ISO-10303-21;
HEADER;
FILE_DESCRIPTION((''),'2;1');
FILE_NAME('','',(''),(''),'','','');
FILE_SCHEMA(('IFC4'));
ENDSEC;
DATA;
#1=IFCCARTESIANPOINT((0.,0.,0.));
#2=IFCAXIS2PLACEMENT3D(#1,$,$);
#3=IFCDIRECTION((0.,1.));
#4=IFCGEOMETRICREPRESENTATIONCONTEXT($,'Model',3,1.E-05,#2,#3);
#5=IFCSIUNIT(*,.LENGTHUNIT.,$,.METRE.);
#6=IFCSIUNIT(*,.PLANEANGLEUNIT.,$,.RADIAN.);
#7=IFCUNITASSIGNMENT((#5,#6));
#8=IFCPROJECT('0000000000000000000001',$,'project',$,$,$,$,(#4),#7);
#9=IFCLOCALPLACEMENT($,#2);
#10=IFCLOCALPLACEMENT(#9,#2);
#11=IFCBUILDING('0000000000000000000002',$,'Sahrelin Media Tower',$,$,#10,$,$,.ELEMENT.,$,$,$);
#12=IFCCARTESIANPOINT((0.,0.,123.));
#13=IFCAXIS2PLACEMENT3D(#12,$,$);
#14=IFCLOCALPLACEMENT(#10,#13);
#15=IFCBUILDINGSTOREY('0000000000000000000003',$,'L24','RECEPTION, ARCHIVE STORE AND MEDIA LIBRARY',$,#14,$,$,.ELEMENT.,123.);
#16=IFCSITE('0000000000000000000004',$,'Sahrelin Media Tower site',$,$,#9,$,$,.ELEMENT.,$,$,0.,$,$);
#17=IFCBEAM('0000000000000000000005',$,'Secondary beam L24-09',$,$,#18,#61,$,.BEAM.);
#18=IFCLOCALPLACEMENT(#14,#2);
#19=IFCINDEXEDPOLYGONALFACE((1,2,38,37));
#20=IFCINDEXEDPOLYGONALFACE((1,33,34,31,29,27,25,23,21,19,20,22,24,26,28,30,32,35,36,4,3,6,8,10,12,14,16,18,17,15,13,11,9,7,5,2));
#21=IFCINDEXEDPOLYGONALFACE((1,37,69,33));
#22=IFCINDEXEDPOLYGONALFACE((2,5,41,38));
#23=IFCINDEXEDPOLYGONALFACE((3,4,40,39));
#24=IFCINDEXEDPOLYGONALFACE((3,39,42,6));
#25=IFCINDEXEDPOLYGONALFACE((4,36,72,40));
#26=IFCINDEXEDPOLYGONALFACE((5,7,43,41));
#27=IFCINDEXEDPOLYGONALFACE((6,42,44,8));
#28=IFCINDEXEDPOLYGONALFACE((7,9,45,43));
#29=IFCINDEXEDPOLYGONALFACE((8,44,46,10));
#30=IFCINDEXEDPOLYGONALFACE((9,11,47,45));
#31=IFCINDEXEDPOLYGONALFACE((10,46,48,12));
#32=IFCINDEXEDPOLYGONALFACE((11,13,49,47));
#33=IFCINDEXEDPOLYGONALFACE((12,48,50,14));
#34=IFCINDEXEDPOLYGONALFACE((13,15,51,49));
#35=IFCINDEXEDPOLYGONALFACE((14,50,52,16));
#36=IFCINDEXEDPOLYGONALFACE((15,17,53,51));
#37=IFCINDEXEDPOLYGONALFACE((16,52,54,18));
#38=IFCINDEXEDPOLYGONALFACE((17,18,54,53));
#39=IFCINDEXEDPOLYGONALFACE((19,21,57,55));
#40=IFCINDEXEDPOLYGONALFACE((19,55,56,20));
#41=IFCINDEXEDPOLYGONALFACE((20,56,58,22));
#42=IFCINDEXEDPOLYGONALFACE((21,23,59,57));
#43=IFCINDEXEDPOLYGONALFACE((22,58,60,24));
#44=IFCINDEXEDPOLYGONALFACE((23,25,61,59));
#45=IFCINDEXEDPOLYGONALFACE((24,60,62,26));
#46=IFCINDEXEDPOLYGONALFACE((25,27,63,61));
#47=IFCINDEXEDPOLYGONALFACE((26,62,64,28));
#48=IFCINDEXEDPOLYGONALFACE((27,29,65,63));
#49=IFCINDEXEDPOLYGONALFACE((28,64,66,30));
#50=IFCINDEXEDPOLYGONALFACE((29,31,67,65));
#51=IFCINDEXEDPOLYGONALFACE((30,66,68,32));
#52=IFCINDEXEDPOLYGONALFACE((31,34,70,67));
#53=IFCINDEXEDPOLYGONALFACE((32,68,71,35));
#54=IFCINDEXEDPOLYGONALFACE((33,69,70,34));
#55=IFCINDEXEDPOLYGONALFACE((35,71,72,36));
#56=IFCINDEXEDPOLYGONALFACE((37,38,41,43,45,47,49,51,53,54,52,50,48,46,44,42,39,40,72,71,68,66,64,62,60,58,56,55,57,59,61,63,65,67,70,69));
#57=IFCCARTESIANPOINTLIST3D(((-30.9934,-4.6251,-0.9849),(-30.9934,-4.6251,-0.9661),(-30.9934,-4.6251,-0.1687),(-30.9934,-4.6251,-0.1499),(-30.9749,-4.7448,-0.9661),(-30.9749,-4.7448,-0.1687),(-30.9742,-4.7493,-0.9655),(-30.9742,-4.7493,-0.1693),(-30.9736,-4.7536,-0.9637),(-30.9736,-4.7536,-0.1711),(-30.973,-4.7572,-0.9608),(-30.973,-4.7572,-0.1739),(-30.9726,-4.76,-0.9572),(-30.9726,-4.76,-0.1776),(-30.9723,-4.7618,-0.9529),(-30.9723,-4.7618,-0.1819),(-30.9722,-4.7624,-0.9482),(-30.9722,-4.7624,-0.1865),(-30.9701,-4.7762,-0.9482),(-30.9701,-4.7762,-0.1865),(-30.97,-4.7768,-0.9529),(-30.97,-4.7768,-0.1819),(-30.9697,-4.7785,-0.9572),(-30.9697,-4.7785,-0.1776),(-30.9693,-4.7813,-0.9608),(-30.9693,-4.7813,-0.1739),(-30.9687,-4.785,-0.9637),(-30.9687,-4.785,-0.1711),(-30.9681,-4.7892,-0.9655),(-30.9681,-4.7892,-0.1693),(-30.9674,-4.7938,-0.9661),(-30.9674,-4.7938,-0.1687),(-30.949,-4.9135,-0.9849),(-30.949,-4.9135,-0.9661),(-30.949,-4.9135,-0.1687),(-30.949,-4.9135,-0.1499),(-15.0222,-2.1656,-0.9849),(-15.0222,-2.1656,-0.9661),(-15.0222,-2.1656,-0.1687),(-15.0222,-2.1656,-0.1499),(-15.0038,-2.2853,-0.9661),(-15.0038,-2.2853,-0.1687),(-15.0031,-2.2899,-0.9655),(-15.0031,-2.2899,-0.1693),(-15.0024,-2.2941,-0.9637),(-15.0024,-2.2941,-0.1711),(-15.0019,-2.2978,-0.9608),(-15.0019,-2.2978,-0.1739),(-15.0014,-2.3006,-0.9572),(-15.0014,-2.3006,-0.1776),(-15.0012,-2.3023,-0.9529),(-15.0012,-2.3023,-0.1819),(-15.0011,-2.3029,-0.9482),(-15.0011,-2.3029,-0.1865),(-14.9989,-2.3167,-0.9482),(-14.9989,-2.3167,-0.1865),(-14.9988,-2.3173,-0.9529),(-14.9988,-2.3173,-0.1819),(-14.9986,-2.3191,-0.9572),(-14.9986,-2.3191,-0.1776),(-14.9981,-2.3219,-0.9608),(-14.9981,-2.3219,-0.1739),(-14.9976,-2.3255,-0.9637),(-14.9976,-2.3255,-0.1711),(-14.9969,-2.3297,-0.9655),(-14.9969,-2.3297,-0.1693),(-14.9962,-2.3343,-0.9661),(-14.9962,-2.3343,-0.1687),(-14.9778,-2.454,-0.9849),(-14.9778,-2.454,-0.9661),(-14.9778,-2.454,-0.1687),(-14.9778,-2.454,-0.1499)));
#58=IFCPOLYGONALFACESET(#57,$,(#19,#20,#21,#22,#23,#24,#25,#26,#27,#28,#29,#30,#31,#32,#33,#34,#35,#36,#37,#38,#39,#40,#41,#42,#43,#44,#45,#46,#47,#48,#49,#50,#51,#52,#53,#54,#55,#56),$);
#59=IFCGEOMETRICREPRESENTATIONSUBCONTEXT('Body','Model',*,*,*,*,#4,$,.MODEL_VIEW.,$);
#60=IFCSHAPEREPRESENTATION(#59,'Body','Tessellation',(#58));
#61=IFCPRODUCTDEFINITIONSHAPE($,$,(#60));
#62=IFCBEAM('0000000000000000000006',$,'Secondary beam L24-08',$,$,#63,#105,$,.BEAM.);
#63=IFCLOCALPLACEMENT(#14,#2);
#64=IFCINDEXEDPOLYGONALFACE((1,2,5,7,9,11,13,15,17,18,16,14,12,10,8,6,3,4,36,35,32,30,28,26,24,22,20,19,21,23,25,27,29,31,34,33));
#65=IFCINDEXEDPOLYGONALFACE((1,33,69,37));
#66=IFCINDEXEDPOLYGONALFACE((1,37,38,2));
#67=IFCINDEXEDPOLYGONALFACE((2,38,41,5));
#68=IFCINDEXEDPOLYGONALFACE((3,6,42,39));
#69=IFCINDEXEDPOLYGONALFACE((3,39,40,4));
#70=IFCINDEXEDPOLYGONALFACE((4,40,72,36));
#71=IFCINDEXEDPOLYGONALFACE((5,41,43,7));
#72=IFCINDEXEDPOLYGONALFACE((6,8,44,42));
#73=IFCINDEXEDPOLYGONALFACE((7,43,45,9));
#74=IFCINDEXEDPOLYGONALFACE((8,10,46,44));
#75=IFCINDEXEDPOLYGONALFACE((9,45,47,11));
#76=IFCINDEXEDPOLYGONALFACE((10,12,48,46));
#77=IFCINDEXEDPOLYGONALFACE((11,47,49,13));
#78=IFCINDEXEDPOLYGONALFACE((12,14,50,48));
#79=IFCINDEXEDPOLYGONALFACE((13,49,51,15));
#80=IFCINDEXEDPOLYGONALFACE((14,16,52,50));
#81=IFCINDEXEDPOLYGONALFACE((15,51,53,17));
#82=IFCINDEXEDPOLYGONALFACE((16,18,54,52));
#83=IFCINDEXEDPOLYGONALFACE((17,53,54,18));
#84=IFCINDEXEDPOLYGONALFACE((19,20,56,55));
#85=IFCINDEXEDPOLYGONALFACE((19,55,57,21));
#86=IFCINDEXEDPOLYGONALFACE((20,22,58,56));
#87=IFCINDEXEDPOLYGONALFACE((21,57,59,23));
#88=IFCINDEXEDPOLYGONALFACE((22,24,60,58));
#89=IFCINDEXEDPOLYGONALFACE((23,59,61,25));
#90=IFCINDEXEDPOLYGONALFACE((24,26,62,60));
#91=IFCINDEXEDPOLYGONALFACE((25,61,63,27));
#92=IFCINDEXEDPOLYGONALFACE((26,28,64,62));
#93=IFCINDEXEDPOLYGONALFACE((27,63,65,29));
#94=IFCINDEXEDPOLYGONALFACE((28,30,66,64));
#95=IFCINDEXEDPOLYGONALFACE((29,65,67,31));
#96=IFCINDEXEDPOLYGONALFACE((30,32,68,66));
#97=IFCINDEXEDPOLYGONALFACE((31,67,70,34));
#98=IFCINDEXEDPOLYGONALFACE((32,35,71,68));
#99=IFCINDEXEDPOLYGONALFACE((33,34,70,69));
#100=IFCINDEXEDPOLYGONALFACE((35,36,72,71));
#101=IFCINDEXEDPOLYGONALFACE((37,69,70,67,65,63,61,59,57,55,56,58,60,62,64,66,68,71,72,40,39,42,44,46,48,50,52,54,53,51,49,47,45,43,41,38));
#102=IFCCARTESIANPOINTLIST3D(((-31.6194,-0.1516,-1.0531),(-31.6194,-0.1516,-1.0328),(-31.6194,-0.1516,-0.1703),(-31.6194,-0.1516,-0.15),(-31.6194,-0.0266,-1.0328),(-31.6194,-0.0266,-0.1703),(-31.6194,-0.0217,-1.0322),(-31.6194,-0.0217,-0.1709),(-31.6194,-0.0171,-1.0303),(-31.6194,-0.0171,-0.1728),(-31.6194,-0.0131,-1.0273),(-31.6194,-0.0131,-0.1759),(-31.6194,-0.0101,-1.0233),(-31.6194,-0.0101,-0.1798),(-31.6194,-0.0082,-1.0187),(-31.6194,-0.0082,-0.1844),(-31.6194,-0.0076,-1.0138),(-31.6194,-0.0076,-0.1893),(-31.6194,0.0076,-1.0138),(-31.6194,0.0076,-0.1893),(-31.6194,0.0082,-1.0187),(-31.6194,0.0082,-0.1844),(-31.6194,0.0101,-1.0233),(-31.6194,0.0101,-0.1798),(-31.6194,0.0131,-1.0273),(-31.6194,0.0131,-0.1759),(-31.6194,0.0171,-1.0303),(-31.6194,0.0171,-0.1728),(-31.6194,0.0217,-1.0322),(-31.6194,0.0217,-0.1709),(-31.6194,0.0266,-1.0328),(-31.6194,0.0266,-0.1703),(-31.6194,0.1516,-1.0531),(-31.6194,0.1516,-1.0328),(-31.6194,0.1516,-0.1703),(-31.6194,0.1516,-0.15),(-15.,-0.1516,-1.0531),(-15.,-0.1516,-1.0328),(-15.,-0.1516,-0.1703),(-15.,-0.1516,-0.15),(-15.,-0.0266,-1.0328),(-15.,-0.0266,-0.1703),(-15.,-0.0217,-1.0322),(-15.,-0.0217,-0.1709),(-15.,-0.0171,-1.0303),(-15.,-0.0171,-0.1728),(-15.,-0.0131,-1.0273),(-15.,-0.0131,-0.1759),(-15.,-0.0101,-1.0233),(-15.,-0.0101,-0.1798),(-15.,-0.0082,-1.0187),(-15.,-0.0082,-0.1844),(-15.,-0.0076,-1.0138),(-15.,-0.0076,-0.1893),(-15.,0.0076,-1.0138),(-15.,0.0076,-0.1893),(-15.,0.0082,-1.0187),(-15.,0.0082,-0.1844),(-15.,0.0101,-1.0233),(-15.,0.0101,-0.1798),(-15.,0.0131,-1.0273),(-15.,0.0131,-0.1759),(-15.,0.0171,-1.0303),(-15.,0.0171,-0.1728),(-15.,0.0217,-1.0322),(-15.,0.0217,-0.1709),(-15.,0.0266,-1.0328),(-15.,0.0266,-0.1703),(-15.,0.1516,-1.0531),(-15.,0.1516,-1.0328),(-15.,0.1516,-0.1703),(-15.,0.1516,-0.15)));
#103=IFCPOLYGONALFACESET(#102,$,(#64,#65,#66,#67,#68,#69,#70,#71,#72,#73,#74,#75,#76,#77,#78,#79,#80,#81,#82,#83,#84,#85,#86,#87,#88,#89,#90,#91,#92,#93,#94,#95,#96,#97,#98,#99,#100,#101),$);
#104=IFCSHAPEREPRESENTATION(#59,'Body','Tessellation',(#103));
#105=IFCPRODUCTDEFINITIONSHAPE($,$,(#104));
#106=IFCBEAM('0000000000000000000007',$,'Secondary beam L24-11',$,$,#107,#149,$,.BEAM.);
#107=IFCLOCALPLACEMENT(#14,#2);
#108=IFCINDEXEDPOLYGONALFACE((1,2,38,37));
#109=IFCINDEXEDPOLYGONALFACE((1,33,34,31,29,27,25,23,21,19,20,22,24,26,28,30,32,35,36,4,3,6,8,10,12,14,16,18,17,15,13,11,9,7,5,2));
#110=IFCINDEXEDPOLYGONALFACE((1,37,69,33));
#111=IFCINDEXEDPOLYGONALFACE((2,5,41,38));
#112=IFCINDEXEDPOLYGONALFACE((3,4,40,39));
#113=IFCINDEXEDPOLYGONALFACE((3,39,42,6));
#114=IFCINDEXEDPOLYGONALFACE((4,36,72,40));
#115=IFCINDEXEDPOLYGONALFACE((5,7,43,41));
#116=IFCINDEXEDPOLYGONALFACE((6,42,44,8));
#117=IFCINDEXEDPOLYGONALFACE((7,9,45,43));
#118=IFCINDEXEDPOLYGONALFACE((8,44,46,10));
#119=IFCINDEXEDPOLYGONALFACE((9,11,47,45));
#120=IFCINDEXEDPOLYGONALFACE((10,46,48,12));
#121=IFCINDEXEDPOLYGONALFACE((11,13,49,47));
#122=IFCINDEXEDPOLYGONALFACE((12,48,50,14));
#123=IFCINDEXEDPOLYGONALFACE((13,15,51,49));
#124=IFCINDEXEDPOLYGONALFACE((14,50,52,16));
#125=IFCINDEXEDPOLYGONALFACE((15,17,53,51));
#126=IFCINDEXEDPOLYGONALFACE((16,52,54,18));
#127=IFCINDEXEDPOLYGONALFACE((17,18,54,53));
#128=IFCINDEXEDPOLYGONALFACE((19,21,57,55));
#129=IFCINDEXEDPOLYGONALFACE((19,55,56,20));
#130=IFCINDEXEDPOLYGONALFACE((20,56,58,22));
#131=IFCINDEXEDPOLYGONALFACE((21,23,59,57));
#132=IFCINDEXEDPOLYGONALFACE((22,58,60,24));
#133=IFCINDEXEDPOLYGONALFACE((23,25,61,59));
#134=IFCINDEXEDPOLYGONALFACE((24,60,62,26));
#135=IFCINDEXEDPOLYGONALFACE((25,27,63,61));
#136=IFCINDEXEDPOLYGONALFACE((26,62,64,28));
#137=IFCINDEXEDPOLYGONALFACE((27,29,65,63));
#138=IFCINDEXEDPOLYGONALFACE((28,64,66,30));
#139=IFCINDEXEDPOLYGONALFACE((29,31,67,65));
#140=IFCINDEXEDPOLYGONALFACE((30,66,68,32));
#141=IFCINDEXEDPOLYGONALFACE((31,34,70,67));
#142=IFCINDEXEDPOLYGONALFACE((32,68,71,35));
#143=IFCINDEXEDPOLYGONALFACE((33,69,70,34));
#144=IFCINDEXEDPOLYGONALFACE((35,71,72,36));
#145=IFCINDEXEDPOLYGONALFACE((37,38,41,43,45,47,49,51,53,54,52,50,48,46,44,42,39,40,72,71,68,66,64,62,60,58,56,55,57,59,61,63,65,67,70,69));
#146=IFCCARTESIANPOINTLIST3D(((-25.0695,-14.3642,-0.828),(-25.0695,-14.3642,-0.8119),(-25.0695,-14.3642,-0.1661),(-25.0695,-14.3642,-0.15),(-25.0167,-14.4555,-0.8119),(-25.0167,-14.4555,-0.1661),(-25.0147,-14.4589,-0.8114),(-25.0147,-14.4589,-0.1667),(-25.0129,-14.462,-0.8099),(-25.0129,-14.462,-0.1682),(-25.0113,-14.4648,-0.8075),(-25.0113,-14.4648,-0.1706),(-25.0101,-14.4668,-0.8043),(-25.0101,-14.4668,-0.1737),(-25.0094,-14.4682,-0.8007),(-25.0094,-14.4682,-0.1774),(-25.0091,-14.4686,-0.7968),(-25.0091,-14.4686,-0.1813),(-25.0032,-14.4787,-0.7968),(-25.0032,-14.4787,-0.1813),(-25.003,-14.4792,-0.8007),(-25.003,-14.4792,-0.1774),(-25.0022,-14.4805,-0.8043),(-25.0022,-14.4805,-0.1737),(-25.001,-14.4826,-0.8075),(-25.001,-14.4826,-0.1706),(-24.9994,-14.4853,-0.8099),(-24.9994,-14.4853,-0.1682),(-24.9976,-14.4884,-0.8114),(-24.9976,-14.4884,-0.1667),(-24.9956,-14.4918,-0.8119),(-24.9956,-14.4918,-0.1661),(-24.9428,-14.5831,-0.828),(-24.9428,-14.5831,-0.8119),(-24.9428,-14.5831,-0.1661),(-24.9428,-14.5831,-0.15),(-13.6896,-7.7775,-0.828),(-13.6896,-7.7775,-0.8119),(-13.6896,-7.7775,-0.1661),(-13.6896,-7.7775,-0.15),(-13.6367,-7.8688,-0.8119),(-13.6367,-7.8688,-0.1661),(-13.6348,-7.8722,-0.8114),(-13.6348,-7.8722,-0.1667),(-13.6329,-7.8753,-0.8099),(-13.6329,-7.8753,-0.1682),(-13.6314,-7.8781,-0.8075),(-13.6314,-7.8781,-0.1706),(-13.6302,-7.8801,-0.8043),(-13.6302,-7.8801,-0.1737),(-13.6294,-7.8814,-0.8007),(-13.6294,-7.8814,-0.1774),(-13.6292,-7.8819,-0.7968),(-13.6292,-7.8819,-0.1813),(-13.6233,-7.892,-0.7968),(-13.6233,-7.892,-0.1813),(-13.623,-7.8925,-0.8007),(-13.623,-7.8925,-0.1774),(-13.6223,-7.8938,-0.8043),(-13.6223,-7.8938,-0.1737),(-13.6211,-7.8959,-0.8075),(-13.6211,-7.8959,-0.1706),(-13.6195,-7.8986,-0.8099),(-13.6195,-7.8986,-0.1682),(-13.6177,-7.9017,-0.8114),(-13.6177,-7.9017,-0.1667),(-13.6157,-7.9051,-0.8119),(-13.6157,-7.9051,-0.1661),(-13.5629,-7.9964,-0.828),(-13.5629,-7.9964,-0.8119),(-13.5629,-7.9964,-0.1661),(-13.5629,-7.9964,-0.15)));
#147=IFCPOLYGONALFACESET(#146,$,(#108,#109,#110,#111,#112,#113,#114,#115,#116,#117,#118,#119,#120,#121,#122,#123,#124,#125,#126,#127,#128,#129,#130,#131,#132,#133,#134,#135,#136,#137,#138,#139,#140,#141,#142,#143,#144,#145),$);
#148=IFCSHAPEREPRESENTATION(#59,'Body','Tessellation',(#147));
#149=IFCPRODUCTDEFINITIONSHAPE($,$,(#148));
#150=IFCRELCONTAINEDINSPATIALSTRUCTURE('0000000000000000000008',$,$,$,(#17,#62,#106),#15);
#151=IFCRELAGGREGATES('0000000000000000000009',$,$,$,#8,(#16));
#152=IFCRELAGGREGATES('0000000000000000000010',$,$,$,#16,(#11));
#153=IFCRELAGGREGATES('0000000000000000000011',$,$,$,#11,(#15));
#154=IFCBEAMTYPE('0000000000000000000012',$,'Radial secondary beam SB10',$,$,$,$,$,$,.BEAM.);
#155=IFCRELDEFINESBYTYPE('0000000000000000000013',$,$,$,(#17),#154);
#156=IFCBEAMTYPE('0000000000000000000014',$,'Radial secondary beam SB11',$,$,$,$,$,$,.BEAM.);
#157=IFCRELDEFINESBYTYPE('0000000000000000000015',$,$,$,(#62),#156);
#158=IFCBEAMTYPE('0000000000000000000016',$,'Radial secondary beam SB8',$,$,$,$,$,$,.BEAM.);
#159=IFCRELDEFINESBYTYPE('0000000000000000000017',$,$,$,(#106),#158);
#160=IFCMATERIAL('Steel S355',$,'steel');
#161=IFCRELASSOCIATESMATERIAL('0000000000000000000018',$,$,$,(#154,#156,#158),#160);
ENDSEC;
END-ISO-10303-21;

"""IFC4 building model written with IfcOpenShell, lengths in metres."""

from ifc_helpers import new_model, si_unit, direction, frame, origin, origin_2d, place, context, subcontext, project, spatial, i_section, extrude, material, material_profile, profile_set, type_object, element, save


model = new_model("IFC4")

# Units and contexts
model_context = context("Model", 3, precision=1e-05, world=origin(), true_north=direction((0.0, 1.0)))
body_context = subcontext(model_context, "Body", "Model", "MODEL_VIEW")
ifc_project = project(units=[si_unit("LENGTHUNIT", "METRE"), si_unit("PLANEANGLEUNIT", "RADIAN")], contexts=[model_context])

# Site, building, storey
site_placement = place(None, origin())
site = spatial("IfcSite", under=ifc_project, at=site_placement, Name="Sahrelin Media Tower site", CompositionType="ELEMENT", RefElevation=0.0)
building_placement = place(site_placement, origin())
building = spatial("IfcBuilding", under=site, at=building_placement, Name="Sahrelin Media Tower", CompositionType="ELEMENT")
storey_placement = place(building_placement, frame((0.0, 0.0, 123.0)))
storey = spatial("IfcBuildingStorey", under=building, at=storey_placement, Name="L24", Description="RECEPTION, ARCHIVE STORE AND MEDIA LIBRARY", CompositionType="ELEMENT", Elevation=123.0)

# Beams
ifc_material_1 = material(Name="Steel S355", Category="steel")
ifc_material_profile_1 = material_profile(ifc_material_1, i_section(OverallWidth=0.2917, OverallDepth=0.835, WebThickness=0.0139, FlangeThickness=0.0188, FilletRadius=0.0178, at=origin_2d()), Name="UB 838x292x176")
ifc_profile_set_1 = profile_set([ifc_material_profile_1], Name="Steel S355")
beam_type_1 = type_object("IfcBeamType", Name="Radial secondary beam SB10", PredefinedType="BEAM", material=ifc_profile_set_1)
beam_1_placement = place(storey_placement, frame((-15.0, -2.3098, -0.5674), z_axis=(-0.98835, -0.1522, 0.0), x_axis=(0.1522, -0.98835, 0.0)))
element("IfcBeam", 1, at=beam_1_placement, inside=storey, type_object=beam_type_1, Name="Secondary beam L24-09", PredefinedType="BEAM", context=body_context, shape_type="SweptSolid", body=[
    extrude(i_section(OverallWidth=0.2917, OverallDepth=0.835, WebThickness=0.0139, FlangeThickness=0.0188, FilletRadius=0.0178, at=origin_2d()), origin(), (0.0, 0.0, 1.0), 16.1594),
])
ifc_material_profile_2 = material_profile(ifc_material_1, i_section(OverallWidth=0.3032, OverallDepth=0.9031, WebThickness=0.0151, FlangeThickness=0.0203, FilletRadius=0.019, at=origin_2d()), Name="UB 914x305x201")
ifc_profile_set_2 = profile_set([ifc_material_profile_2], Name="Steel S355")
beam_type_2 = type_object("IfcBeamType", Name="Radial secondary beam SB11", PredefinedType="BEAM", material=ifc_profile_set_2)
beam_2_placement = place(storey_placement, frame((-15.0, 0.0, -0.6016), z_axis=(-1.0, 0.0, 0.0), x_axis=(0.0, -1.0, 0.0)))
element("IfcBeam", 2, at=beam_2_placement, inside=storey, type_object=beam_type_2, Name="Secondary beam L24-08", PredefinedType="BEAM", context=body_context, shape_type="SweptSolid", body=[
    extrude(i_section(OverallWidth=0.3032, OverallDepth=0.9031, WebThickness=0.0151, FlangeThickness=0.0203, FilletRadius=0.019, at=origin_2d()), origin(), (0.0, 0.0, 1.0), 16.6194),
])
ifc_material_profile_3 = material_profile(ifc_material_1, i_section(OverallWidth=0.2529, OverallDepth=0.678, WebThickness=0.0117, FlangeThickness=0.0161, FilletRadius=0.0151, at=origin_2d()), Name="UB 686x254x125")
ifc_profile_set_3 = profile_set([ifc_material_profile_3], Name="Steel S355")
beam_type_3 = type_object("IfcBeamType", Name="Radial secondary beam SB8", PredefinedType="BEAM", material=ifc_profile_set_3)
beam_3_placement = place(storey_placement, frame((-13.6262, -7.887, -0.489), z_axis=(-0.865482, -0.50094, 0.0), x_axis=(0.50094, -0.865482, 0.0)))
element("IfcBeam", 3, at=beam_3_placement, inside=storey, type_object=beam_type_3, Name="Secondary beam L24-11", PredefinedType="BEAM", context=body_context, shape_type="SweptSolid", body=[
    extrude(i_section(OverallWidth=0.2529, OverallDepth=0.678, WebThickness=0.0117, FlangeThickness=0.0161, FilletRadius=0.0151, at=origin_2d()), origin(), (0.0, 0.0, 1.0), 13.1487),
])

save(model, "model.ifc")
